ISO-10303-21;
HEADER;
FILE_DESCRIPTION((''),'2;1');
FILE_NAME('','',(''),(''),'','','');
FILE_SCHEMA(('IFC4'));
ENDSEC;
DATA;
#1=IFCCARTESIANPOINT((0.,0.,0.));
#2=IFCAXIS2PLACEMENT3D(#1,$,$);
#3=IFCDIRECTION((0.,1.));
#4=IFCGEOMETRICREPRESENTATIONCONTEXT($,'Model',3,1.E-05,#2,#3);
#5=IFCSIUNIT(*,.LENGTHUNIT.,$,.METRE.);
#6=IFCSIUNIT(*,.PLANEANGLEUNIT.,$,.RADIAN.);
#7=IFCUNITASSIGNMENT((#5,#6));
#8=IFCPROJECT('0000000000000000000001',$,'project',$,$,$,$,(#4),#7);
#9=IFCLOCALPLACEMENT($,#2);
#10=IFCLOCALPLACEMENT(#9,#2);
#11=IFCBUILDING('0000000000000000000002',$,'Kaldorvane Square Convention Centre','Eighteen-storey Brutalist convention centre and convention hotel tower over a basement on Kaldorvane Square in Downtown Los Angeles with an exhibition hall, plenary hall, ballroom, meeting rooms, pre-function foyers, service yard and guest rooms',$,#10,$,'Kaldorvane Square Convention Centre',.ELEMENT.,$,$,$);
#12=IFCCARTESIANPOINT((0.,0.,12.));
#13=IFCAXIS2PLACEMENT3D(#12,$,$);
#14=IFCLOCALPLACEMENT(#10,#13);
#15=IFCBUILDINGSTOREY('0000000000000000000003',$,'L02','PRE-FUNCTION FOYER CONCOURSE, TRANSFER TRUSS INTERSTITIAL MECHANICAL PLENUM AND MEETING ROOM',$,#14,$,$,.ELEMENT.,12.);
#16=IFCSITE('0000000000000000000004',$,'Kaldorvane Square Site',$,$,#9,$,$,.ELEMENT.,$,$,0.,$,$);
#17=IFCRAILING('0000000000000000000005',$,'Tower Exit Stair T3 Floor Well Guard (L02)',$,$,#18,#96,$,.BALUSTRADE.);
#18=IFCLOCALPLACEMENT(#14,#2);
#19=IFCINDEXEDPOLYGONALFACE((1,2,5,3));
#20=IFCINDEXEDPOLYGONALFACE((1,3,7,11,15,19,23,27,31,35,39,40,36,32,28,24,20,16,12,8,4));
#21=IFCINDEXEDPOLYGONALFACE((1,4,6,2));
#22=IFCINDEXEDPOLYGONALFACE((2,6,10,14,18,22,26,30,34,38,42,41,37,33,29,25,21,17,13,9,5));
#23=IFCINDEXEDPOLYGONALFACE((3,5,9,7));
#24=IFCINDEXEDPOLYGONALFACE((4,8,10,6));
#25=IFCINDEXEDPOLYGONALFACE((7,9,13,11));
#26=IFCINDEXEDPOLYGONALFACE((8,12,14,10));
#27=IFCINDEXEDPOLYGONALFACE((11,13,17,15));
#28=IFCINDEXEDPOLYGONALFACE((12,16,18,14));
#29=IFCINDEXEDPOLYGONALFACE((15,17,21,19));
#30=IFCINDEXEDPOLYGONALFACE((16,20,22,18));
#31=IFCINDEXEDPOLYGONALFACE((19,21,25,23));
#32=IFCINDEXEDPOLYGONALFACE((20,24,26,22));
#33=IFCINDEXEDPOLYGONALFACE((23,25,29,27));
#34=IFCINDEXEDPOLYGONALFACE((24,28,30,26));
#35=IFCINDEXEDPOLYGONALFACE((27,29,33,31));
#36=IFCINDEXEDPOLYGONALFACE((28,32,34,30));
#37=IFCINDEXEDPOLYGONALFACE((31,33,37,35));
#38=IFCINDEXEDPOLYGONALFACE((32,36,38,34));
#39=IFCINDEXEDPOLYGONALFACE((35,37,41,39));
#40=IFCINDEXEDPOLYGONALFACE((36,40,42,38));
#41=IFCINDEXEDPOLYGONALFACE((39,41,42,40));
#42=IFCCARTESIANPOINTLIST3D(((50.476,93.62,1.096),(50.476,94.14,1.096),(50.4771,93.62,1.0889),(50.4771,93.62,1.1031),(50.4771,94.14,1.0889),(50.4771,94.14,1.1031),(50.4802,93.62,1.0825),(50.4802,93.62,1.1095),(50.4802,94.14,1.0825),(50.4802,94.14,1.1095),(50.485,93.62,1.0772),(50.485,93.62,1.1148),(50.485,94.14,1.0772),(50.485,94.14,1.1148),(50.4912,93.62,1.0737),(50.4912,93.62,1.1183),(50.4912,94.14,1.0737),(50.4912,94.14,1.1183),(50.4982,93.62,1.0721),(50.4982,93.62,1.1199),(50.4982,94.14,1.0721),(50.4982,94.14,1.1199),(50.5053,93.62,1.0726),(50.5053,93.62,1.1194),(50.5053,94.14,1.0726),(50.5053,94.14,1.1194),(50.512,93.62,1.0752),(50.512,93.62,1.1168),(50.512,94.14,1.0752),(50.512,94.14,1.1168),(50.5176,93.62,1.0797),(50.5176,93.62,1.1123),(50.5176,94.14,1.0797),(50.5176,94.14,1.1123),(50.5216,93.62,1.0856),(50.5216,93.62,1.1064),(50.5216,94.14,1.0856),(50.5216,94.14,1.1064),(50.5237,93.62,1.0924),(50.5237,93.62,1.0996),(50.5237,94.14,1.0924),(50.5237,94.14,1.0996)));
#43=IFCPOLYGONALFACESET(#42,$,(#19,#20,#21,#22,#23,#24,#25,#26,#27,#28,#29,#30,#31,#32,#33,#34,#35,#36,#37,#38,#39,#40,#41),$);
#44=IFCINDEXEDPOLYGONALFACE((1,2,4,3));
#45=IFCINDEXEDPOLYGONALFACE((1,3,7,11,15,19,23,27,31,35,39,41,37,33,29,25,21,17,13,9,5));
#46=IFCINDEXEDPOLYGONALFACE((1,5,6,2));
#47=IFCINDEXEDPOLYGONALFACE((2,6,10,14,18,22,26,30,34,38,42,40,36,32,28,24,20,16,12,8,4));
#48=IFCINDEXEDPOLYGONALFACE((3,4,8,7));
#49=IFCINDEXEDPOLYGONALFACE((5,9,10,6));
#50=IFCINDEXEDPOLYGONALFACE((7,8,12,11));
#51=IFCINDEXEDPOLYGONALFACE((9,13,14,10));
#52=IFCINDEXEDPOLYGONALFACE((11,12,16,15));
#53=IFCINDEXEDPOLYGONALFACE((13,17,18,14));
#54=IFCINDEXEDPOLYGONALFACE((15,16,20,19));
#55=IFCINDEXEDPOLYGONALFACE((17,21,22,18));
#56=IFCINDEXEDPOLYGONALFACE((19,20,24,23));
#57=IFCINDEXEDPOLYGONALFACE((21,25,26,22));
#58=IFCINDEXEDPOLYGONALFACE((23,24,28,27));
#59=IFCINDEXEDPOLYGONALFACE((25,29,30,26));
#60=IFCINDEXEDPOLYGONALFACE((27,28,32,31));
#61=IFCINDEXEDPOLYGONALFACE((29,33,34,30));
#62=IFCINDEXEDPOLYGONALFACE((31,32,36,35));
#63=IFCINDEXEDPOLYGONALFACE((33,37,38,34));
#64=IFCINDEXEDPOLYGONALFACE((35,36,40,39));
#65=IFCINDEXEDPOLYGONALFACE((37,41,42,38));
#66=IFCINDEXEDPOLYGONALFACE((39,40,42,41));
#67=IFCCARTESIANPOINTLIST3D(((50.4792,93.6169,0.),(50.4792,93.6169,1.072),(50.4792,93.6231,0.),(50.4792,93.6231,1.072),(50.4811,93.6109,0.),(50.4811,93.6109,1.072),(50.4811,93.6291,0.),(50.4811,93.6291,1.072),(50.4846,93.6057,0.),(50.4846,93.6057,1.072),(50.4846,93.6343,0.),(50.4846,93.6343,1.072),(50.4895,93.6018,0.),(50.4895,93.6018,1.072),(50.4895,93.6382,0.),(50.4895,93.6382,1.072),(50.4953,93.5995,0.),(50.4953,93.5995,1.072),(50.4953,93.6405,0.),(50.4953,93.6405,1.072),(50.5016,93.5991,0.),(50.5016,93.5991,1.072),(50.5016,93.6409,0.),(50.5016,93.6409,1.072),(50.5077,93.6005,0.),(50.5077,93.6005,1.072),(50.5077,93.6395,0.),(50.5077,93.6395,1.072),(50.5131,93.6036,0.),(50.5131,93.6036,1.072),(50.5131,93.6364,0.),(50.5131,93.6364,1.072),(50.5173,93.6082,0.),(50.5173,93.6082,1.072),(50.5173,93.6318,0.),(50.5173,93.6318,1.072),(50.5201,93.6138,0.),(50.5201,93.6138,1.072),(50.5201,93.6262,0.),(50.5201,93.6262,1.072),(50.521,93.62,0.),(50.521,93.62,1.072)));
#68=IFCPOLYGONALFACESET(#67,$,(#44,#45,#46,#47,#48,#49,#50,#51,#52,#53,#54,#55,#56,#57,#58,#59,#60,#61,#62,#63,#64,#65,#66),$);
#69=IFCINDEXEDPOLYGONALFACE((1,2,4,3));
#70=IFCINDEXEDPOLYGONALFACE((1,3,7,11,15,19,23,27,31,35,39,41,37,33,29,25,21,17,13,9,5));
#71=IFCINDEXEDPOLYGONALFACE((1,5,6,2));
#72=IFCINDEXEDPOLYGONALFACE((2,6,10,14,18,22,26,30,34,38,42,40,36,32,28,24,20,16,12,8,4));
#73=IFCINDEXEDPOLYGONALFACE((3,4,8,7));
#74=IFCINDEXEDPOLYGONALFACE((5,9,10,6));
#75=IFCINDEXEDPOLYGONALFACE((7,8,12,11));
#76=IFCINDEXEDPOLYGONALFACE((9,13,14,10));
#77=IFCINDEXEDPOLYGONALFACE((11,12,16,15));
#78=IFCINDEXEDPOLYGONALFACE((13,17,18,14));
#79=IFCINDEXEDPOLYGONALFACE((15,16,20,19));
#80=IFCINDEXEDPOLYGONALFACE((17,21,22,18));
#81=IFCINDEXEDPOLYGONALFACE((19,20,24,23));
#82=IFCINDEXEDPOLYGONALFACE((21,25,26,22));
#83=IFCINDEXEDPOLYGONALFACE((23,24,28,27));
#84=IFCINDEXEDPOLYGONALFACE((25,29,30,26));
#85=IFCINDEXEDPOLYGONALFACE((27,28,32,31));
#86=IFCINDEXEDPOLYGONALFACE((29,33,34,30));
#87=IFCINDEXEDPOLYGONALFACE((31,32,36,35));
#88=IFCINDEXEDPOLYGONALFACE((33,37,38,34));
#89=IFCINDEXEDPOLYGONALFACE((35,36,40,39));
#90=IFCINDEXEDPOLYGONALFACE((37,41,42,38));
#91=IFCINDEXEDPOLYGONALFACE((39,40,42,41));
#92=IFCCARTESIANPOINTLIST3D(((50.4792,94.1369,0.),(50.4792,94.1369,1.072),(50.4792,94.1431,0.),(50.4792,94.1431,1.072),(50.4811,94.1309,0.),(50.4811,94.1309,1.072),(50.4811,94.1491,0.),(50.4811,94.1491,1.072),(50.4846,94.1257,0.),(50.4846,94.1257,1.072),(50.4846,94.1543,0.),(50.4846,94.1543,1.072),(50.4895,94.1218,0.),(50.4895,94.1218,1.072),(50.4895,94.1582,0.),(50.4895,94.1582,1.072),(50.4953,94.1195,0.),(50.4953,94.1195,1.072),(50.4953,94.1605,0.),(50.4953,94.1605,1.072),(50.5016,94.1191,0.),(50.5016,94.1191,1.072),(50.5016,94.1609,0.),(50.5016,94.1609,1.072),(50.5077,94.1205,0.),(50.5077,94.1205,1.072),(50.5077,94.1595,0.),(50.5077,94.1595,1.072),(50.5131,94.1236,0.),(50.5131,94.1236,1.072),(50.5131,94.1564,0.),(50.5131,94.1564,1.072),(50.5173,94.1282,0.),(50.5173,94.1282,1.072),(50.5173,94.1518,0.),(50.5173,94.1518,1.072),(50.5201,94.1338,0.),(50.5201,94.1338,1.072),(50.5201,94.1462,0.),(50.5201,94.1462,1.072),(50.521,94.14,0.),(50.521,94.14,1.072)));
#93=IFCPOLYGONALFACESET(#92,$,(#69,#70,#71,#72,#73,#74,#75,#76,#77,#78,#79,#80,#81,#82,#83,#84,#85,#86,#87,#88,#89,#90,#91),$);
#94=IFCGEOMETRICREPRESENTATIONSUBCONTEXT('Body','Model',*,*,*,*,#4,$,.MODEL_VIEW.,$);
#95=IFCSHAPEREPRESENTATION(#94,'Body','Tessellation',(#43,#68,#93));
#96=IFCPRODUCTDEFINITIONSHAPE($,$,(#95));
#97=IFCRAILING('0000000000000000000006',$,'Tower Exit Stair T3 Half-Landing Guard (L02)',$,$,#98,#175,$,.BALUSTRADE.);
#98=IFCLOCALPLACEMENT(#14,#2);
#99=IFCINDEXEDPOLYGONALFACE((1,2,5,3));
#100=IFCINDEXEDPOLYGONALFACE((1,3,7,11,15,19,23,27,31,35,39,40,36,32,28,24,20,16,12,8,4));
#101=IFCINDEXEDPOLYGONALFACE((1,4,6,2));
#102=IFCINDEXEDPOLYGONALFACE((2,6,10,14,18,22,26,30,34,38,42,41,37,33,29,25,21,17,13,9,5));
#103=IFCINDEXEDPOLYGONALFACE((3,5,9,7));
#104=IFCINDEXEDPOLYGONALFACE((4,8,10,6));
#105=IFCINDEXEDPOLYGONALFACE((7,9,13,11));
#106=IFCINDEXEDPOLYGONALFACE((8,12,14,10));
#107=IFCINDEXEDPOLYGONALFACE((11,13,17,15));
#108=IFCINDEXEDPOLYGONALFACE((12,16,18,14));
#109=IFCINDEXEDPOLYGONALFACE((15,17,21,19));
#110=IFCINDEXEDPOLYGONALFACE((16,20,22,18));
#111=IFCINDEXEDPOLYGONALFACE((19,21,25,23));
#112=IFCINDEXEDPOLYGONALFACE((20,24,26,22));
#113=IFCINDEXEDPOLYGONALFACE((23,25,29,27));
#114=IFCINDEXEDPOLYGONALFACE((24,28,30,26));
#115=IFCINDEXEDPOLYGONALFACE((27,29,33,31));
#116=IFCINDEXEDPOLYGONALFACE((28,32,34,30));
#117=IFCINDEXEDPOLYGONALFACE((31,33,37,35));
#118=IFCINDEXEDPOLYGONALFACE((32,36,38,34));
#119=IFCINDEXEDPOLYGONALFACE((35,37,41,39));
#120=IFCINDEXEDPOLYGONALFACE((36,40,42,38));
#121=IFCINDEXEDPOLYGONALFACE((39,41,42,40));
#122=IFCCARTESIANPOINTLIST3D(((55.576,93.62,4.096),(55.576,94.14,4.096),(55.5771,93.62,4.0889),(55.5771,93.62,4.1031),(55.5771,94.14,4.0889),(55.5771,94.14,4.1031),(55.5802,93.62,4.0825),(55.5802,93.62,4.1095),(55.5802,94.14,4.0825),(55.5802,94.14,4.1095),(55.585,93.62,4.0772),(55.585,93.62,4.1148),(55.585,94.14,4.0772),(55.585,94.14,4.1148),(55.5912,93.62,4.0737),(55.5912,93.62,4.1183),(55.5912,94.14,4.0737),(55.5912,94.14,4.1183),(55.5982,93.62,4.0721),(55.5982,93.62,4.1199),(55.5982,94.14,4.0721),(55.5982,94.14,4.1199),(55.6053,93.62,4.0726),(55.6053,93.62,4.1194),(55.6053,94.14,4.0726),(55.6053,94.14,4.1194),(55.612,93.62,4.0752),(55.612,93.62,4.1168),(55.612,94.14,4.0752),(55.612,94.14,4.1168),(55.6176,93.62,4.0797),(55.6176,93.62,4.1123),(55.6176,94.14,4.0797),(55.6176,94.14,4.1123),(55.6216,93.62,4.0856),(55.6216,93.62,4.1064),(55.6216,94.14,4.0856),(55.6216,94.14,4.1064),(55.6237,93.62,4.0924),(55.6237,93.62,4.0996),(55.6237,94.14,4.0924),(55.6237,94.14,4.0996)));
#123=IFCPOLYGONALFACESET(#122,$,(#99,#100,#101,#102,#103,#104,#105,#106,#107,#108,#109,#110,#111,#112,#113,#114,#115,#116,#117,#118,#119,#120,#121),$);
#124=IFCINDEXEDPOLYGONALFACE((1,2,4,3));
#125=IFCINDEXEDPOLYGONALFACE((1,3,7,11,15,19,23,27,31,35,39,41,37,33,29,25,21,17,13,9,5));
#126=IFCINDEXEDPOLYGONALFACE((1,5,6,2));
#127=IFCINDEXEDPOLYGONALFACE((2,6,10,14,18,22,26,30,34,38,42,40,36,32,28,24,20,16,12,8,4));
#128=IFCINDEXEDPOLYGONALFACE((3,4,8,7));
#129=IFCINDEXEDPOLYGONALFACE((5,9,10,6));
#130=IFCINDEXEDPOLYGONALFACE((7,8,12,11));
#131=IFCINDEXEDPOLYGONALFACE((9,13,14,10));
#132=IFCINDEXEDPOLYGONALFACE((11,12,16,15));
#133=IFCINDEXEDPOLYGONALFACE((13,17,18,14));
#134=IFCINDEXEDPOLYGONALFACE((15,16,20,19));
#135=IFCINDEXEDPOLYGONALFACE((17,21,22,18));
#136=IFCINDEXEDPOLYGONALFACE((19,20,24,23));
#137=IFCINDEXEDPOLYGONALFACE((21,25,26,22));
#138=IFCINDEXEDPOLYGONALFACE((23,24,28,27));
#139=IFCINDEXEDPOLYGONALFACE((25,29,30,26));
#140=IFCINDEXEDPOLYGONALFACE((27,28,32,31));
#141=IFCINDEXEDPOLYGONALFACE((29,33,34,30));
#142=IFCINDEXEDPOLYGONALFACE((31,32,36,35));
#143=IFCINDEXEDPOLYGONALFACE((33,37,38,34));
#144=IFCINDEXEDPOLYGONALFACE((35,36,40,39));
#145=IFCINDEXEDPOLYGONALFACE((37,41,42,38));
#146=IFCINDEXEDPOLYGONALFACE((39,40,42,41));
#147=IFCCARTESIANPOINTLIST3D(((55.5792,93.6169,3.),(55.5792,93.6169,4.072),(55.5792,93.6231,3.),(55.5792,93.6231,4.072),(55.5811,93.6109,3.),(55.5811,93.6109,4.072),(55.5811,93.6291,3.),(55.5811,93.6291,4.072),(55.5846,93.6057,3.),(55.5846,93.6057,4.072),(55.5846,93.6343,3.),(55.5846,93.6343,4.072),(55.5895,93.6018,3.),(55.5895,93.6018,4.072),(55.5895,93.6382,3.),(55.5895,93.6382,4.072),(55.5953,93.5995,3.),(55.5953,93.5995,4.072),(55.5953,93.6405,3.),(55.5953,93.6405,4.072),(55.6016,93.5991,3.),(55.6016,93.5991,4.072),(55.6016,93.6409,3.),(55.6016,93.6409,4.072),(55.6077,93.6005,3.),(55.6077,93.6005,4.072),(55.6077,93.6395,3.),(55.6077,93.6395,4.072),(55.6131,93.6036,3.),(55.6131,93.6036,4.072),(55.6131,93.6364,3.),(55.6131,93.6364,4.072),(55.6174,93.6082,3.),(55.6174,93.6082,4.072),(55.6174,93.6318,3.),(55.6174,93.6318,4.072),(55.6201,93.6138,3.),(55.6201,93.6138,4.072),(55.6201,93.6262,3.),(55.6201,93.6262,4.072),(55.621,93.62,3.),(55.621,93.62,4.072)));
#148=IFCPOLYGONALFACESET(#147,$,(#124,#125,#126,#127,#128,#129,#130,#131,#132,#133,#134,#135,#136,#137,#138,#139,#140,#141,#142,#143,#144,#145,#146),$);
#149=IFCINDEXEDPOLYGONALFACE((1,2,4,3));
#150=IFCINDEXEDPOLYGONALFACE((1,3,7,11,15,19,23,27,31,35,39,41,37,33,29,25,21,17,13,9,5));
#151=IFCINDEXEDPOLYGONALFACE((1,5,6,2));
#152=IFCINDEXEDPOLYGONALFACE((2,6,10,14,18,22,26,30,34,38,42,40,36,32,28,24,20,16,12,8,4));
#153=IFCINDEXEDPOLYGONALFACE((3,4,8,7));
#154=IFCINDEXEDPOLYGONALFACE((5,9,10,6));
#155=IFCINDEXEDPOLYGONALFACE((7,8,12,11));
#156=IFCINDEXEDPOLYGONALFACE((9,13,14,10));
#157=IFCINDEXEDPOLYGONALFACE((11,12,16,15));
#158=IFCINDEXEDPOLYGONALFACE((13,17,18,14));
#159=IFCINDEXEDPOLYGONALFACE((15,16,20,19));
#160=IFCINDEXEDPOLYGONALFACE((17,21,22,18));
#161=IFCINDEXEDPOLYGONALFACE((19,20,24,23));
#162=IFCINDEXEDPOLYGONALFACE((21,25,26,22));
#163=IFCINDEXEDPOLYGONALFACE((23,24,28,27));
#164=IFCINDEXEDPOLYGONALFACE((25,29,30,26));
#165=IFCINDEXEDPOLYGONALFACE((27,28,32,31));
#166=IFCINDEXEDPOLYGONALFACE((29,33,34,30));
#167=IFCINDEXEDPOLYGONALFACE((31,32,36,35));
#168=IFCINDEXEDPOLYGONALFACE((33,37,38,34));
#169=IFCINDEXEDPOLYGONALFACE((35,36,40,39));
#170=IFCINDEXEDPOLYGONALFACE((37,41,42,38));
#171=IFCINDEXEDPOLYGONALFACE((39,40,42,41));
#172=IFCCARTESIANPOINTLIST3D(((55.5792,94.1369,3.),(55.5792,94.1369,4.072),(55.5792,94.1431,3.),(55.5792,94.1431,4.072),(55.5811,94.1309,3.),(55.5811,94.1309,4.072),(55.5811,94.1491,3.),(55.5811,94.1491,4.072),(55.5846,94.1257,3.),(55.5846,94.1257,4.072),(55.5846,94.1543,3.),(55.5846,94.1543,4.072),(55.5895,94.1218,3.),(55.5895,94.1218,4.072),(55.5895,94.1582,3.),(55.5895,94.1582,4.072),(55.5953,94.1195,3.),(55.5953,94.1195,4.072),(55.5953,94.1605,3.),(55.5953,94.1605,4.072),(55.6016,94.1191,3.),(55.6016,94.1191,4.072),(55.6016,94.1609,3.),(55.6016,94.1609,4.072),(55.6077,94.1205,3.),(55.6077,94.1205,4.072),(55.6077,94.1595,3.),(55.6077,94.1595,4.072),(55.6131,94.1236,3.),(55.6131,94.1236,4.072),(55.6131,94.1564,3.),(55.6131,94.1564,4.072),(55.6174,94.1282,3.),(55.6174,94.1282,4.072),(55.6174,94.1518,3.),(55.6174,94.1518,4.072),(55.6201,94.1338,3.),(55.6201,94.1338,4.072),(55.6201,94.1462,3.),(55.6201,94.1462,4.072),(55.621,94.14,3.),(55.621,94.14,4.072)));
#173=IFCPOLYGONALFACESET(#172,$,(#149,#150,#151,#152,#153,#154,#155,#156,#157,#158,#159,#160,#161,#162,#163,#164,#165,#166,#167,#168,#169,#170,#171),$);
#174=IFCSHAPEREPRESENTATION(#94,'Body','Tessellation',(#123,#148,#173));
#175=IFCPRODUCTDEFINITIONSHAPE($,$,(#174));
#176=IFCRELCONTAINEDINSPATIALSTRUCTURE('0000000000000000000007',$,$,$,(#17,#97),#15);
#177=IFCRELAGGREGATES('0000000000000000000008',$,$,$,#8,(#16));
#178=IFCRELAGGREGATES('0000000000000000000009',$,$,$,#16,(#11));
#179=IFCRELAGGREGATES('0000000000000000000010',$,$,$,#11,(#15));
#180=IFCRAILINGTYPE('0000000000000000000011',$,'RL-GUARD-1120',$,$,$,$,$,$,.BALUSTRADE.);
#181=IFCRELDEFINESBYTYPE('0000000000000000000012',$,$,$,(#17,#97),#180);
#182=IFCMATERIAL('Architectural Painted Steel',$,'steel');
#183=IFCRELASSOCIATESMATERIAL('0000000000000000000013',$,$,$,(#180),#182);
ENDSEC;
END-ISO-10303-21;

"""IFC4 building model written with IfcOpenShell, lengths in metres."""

from ifc_helpers import new_model, si_unit, direction, frame, origin, origin_2d, place, context, subcontext, project, spatial, circle, extrude, material, type_object, element, save


model = new_model("IFC4")

# Units and contexts
model_context = context("Model", 3, precision=1e-05, world=origin(), true_north=direction((0.0, 1.0)))
body_context = subcontext(model_context, "Body", "Model", "MODEL_VIEW")
ifc_project = project(units=[si_unit("LENGTHUNIT", "METRE"), si_unit("PLANEANGLEUNIT", "RADIAN")], contexts=[model_context])

# Site, building, storey
site_placement = place(None, origin())
site = spatial("IfcSite", under=ifc_project, at=site_placement, Name="Kaldorvane Square Site", CompositionType="ELEMENT", RefElevation=0.0)
building_placement = place(site_placement, origin())
building = spatial("IfcBuilding", under=site, at=building_placement, Name="Kaldorvane Square Convention Centre", Description="Eighteen-storey Brutalist convention centre and convention hotel tower over a basement on Kaldorvane Square in Downtown Los Angeles with an exhibition hall, plenary hall, ballroom, meeting rooms, pre-function foyers, service yard and guest rooms", LongName="Kaldorvane Square Convention Centre", CompositionType="ELEMENT")
storey_placement = place(building_placement, frame((0.0, 0.0, 12.0)))
storey = spatial("IfcBuildingStorey", under=building, at=storey_placement, Name="L02", Description="PRE-FUNCTION FOYER CONCOURSE, TRANSFER TRUSS INTERSTITIAL MECHANICAL PLENUM AND MEETING ROOM", CompositionType="ELEMENT", Elevation=12.0)

# Railings
ifc_material_1 = material(Name="Architectural Painted Steel", Category="steel")
railing_type_1 = type_object("IfcRailingType", Name="RL-GUARD-1120", PredefinedType="BALUSTRADE", material=ifc_material_1)
for number, where, name in (
    (1, (50.5, 93.62, 0.0), "Tower Exit Stair T3 Floor Well Guard (L02)"),
    (2, (55.6, 93.62, 3.0), "Tower Exit Stair T3 Half-Landing Guard (L02)"),
):
    element("IfcRailing", number, at=place(storey_placement, frame(where)), inside=storey, type_object=railing_type_1, Name=name, PredefinedType="BALUSTRADE", context=body_context, shape_type="SweptSolid", body=[
        extrude(circle(Radius=0.024, at=origin_2d()), frame((0.0, 0.0, 1.096), z_axis=(0.0, 1.0, 0.0), x_axis=(-1.0, 0.0, 0.0)), (0.0, 0.0, 1.0), 0.52),
        extrude(circle(Radius=0.021, at=origin_2d()), origin(), (0.0, 0.0, 1.0), 1.072),
        extrude(circle(Radius=0.021, at=origin_2d()), frame((0.0, 0.52, 0.0)), (0.0, 0.0, 1.0), 1.072),
    ])

save(model, "model.ifc")
